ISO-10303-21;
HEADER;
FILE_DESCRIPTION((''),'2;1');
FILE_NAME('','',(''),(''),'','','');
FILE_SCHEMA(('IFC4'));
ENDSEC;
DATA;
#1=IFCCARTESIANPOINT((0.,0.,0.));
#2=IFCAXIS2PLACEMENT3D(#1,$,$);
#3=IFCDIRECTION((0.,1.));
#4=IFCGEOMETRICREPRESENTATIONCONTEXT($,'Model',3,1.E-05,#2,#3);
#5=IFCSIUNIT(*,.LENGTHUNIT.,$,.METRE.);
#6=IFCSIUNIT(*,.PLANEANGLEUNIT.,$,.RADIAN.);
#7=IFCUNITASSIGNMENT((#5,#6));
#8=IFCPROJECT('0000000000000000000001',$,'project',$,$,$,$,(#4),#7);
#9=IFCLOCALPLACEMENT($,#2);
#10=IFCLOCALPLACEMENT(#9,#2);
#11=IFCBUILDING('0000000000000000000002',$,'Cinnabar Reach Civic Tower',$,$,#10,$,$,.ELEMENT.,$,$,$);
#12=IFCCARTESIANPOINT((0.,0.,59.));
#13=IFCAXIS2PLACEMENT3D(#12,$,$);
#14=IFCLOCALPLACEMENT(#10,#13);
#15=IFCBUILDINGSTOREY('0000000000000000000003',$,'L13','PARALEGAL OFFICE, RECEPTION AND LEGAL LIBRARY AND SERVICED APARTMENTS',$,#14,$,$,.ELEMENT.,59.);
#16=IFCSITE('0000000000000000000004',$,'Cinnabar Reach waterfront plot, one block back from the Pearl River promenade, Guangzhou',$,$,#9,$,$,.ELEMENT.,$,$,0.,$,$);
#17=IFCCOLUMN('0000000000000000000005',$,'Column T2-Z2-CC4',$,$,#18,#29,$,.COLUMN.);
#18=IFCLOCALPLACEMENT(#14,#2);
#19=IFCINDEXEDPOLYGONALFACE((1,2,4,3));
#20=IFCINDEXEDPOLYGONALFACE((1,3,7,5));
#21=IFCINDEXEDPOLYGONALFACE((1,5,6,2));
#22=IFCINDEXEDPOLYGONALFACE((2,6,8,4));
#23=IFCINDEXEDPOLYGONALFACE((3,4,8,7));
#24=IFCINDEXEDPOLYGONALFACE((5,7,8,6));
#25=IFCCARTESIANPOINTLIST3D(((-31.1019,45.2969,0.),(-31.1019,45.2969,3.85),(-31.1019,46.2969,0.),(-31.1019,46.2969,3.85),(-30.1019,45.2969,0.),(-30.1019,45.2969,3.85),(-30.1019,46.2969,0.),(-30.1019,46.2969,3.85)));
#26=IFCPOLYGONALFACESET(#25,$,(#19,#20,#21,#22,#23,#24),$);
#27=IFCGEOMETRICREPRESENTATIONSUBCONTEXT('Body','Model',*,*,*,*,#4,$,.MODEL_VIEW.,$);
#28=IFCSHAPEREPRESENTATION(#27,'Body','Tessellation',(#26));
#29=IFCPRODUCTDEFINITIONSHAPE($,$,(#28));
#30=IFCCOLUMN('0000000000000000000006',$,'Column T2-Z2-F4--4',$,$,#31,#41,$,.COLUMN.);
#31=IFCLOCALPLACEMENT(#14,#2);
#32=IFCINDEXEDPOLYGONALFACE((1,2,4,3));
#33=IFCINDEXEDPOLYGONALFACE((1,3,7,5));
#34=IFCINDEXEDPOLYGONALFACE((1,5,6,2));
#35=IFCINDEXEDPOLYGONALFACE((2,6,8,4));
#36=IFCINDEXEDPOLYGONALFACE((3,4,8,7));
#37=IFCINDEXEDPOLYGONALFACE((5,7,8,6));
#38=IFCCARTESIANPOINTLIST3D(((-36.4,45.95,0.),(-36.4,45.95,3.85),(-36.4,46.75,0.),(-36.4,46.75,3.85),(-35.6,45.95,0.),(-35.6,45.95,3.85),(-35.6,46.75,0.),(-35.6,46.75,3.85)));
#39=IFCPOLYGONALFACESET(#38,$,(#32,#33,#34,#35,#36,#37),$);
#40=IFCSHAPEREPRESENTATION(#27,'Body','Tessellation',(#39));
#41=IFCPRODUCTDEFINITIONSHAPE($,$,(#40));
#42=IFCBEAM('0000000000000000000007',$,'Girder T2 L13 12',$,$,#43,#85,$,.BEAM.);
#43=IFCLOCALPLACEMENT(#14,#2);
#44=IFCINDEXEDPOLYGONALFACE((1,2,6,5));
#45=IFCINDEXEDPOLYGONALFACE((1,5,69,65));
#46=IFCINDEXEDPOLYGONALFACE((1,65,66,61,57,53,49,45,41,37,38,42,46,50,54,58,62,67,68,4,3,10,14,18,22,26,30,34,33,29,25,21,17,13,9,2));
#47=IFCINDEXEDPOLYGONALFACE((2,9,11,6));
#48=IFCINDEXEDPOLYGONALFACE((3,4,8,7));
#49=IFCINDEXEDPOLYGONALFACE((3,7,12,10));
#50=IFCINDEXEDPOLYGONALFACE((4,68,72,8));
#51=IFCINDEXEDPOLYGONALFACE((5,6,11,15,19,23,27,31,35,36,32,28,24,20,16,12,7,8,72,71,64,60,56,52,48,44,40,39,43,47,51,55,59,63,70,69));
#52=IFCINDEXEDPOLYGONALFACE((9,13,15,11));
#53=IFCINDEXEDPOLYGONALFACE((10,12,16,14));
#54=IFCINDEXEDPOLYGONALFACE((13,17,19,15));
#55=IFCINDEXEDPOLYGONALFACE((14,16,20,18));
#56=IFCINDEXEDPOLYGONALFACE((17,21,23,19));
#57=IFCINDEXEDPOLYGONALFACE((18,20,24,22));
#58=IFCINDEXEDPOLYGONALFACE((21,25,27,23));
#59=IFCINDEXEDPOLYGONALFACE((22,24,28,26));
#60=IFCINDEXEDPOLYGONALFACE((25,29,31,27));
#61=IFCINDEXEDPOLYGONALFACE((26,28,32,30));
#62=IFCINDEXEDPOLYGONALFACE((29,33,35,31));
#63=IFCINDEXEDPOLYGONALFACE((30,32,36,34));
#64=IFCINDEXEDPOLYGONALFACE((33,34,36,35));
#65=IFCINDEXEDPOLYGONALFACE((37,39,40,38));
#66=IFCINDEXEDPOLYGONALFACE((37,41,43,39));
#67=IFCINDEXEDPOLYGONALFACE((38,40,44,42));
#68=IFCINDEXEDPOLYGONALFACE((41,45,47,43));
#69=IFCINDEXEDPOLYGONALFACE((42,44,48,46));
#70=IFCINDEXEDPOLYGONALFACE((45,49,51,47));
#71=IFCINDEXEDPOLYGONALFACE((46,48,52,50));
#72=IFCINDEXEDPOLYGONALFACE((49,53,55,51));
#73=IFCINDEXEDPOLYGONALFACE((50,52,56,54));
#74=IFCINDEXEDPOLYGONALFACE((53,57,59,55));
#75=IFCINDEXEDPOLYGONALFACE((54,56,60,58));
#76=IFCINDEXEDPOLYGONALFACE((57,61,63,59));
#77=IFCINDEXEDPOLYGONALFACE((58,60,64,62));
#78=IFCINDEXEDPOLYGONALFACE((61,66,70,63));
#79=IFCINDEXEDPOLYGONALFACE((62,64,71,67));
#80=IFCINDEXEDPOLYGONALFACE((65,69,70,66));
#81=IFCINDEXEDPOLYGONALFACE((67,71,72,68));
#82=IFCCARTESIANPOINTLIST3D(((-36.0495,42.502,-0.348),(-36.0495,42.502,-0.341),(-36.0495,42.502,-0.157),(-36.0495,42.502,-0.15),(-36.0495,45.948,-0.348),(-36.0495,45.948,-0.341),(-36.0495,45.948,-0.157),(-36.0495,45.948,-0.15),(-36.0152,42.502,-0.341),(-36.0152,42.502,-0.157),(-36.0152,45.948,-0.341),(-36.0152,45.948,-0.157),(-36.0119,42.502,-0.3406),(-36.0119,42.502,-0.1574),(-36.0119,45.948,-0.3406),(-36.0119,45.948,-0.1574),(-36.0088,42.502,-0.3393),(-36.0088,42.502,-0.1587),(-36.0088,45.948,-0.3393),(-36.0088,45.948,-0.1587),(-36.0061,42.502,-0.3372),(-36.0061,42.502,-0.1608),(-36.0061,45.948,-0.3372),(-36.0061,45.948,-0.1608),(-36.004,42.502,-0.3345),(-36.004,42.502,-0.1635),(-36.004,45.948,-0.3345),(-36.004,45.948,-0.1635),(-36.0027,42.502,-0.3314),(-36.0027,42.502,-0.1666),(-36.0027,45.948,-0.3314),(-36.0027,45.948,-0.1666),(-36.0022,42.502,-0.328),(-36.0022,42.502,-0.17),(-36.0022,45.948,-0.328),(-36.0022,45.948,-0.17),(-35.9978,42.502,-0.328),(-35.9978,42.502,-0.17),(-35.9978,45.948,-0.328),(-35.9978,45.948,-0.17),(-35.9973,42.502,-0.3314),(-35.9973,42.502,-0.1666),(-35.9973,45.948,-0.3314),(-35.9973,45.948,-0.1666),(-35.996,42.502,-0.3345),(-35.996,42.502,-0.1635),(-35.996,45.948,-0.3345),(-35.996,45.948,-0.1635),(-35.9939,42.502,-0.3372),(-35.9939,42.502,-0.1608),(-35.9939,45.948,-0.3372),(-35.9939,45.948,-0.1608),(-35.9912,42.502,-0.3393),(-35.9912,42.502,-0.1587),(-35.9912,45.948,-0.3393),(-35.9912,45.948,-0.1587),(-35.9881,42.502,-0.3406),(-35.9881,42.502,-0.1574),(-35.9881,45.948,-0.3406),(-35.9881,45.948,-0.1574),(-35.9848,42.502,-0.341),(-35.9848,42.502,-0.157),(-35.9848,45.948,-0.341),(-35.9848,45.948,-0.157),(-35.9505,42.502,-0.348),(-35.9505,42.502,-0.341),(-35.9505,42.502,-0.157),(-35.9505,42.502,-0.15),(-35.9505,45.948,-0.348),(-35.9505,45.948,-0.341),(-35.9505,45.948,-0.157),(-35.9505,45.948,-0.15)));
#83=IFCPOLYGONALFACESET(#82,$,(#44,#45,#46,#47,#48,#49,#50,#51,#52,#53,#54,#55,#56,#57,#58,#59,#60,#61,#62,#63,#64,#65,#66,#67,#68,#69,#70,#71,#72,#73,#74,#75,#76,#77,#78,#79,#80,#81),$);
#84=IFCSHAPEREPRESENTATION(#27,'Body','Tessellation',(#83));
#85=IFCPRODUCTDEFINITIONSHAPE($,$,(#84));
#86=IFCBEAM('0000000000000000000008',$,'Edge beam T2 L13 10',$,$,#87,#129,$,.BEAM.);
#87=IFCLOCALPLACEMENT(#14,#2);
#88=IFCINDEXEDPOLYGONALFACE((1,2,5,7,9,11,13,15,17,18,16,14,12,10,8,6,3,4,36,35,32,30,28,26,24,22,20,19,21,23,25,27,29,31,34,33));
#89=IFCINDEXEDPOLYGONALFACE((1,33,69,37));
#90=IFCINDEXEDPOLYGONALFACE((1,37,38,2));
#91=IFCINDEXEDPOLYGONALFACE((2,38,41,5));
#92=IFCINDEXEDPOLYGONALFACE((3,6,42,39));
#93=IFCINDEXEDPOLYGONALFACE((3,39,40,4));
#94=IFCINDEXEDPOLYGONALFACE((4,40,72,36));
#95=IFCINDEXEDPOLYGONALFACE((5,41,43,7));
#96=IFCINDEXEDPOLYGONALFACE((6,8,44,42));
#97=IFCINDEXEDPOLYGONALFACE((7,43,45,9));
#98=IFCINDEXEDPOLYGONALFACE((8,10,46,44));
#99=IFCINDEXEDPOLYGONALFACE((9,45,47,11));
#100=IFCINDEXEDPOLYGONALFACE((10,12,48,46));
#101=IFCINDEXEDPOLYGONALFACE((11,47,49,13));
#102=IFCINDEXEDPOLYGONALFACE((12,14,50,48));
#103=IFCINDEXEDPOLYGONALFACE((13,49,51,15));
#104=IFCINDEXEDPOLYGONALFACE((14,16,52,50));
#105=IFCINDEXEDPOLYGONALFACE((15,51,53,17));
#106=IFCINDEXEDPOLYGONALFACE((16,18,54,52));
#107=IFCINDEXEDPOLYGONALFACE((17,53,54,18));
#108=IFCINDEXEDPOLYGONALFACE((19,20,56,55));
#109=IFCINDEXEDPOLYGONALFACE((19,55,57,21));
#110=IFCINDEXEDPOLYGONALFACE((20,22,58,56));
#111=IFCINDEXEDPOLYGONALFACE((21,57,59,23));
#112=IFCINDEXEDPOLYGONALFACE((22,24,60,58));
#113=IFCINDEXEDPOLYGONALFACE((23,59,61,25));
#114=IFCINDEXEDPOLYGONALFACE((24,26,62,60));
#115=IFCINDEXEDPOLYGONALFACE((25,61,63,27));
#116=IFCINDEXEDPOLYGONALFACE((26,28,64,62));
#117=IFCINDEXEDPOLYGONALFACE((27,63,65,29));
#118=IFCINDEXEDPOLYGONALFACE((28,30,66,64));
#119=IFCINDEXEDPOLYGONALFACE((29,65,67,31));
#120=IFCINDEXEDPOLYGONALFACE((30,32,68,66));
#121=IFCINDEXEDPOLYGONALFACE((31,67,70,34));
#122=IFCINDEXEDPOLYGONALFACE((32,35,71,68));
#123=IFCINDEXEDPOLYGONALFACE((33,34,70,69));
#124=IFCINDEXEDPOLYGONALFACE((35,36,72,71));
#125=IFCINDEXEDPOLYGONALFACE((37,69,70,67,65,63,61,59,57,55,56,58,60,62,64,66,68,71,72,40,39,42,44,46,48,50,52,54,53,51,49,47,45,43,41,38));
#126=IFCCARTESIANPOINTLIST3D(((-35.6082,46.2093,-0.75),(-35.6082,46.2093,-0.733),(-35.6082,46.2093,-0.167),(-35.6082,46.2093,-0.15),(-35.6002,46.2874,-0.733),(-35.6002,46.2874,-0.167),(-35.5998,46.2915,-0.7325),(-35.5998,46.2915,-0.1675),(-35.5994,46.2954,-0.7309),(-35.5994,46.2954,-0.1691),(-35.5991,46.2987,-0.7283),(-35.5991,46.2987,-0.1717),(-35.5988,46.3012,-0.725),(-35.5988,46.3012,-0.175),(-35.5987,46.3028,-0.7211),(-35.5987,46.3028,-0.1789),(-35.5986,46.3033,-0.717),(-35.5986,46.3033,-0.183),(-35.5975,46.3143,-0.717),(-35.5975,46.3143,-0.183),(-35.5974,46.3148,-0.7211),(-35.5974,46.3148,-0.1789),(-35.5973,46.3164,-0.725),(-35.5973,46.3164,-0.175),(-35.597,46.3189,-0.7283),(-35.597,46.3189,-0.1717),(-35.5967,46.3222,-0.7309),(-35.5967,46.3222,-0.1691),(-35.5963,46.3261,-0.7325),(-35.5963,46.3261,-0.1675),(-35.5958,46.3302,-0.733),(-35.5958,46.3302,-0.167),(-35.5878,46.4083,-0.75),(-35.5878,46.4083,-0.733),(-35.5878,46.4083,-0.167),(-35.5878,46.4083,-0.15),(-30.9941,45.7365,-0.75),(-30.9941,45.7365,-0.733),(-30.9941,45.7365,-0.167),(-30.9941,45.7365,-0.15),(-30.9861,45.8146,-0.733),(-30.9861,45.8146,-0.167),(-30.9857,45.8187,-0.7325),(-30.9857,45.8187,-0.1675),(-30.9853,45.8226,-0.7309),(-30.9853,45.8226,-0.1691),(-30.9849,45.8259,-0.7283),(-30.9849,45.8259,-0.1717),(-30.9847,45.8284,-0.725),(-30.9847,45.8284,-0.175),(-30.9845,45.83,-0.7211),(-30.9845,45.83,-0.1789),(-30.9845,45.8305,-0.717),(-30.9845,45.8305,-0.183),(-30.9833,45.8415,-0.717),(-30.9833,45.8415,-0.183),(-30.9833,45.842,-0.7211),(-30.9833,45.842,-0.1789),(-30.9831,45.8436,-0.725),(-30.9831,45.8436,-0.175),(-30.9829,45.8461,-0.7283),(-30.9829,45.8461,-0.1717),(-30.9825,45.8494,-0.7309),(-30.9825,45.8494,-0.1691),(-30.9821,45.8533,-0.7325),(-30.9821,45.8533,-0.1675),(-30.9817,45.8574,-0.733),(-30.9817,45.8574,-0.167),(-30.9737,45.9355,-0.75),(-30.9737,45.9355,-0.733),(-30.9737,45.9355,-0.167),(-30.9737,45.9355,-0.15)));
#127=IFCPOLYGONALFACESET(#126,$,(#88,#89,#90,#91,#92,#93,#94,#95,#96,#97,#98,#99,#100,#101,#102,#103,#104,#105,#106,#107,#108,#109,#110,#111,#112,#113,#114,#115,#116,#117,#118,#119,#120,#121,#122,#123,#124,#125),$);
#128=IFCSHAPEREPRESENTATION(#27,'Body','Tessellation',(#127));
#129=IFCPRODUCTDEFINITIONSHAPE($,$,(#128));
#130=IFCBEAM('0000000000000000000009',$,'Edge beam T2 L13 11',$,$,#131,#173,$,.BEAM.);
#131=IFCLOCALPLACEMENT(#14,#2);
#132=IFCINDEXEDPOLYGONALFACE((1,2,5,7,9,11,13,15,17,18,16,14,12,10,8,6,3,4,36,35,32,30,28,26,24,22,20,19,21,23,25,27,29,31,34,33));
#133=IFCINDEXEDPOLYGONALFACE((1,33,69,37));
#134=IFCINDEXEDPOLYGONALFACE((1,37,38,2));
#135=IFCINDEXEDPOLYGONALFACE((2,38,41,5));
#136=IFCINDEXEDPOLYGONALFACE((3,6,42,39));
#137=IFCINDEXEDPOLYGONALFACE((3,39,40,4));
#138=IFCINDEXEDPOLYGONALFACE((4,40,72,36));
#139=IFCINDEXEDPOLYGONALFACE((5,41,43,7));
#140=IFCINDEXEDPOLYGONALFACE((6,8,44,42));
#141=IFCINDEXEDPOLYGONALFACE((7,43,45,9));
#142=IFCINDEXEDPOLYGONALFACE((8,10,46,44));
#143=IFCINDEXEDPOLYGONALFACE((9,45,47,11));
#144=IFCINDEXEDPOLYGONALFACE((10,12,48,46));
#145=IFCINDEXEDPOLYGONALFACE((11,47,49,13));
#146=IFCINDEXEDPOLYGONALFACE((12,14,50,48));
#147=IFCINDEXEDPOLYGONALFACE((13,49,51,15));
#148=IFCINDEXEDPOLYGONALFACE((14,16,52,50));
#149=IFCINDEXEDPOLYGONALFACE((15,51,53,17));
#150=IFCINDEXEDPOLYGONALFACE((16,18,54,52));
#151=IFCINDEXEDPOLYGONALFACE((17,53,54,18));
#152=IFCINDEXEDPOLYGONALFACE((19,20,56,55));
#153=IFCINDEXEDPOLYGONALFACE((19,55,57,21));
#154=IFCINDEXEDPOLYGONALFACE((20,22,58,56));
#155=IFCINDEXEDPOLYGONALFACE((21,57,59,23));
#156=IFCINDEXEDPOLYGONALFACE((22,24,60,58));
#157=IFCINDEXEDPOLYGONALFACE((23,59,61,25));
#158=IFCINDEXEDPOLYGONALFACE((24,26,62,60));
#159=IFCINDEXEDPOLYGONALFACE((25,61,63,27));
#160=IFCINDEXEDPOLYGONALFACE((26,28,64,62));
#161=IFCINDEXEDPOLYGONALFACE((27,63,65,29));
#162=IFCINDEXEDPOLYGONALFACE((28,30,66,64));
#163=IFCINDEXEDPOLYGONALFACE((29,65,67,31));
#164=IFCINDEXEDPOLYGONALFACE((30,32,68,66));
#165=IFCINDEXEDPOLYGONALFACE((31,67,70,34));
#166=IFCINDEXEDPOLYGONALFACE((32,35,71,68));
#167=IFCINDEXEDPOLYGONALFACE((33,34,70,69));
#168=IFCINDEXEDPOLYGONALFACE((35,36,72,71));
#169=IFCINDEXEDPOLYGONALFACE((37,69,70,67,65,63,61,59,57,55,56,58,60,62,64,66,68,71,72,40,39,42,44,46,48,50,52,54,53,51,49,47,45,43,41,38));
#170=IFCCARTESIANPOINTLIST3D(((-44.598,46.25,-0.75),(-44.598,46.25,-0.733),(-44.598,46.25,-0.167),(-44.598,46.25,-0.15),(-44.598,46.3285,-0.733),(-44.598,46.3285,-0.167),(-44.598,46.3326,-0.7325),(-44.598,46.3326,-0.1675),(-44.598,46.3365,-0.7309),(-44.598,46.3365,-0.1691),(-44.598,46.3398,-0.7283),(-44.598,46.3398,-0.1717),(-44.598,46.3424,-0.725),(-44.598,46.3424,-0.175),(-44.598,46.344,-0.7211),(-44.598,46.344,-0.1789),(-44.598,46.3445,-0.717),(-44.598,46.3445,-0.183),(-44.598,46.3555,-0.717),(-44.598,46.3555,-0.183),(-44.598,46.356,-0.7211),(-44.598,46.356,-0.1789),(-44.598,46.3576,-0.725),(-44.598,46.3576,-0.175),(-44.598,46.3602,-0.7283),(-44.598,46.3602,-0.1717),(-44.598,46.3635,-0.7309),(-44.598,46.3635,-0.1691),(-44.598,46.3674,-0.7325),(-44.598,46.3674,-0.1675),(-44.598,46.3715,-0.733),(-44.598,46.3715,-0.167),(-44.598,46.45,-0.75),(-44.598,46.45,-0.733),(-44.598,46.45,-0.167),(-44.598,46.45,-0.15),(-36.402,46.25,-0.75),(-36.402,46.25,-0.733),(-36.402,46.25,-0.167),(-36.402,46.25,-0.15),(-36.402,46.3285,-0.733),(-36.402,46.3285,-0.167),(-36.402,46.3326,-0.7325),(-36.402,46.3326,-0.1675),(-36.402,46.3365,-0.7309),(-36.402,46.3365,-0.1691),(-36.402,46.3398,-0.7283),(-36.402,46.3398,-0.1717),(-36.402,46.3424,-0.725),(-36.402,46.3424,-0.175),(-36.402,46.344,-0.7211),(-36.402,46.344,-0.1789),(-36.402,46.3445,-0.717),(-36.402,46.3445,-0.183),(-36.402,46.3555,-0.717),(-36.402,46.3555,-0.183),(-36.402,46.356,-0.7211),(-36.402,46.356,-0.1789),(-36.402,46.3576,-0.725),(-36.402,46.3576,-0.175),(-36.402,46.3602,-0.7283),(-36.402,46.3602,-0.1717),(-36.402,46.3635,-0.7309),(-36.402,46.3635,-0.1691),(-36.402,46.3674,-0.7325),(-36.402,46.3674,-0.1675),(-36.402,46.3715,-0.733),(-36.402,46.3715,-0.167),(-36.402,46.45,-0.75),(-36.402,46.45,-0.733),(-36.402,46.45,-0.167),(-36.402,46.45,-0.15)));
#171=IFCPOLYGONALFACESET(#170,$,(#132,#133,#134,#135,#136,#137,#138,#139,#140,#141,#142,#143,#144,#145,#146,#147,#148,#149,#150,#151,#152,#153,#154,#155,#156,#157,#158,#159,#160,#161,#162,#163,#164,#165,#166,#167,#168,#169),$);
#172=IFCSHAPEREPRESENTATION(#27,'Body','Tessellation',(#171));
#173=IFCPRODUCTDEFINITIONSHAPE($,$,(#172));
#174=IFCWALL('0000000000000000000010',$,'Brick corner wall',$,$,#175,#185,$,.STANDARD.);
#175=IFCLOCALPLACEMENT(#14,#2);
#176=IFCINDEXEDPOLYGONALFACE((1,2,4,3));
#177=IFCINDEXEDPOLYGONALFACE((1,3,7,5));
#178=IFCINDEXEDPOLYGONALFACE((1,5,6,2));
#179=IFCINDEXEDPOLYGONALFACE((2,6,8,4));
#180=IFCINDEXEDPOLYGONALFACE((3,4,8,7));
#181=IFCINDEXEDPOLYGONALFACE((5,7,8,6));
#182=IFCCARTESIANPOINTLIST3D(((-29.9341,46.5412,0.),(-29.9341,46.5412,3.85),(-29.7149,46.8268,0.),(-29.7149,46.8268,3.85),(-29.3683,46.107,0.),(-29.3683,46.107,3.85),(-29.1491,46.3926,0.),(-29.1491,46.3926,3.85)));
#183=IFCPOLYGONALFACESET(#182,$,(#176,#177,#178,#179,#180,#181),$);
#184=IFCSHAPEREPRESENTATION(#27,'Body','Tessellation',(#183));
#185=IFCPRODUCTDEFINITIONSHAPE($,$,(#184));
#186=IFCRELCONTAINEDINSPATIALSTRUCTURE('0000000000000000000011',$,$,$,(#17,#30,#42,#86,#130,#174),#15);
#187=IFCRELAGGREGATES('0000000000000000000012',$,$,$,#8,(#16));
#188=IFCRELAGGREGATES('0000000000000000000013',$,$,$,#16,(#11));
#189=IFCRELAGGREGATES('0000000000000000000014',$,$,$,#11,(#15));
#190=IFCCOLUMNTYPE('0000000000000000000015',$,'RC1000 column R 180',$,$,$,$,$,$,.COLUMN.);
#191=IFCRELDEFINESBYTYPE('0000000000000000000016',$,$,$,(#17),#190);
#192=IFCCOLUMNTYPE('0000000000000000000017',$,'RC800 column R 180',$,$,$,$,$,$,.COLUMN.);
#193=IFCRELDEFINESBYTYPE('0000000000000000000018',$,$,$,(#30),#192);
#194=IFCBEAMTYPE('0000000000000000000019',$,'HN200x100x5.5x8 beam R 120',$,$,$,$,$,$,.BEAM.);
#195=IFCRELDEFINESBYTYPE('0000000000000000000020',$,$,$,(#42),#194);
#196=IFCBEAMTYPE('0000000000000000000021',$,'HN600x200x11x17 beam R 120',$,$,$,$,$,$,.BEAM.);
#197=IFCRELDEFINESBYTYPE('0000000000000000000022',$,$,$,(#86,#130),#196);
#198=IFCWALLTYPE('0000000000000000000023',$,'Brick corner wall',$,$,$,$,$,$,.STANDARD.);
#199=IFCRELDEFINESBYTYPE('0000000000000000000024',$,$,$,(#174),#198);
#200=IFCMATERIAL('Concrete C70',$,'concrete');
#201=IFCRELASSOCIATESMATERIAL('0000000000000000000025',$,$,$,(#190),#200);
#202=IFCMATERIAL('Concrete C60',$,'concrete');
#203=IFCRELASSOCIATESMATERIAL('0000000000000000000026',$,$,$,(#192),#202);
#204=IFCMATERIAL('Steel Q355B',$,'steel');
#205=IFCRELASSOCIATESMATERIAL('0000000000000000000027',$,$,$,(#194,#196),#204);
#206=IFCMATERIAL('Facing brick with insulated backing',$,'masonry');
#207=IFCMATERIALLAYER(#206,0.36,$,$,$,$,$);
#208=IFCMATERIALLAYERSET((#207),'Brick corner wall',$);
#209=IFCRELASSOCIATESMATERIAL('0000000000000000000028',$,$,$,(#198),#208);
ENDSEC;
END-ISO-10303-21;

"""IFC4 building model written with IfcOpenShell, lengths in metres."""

from ifc_helpers import new_model, si_unit, direction, frame, frame_2d, origin, origin_2d, place, context, subcontext, project, spatial, rectangle, i_section, extrude, material, layer, layer_set, material_profile, profile_set, type_object, element, save


model = new_model("IFC4")

# Units and contexts
model_context = context("Model", 3, precision=1e-05, world=origin(), true_north=direction((0.0, 1.0)))
body_context = subcontext(model_context, "Body", "Model", "MODEL_VIEW")
ifc_project = project(units=[si_unit("LENGTHUNIT", "METRE"), si_unit("PLANEANGLEUNIT", "RADIAN")], contexts=[model_context])

# Site, building, storey
site_placement = place(None, origin())
site = spatial("IfcSite", under=ifc_project, at=site_placement, Name="Cinnabar Reach waterfront plot, one block back from the Pearl River promenade, Guangzhou", CompositionType="ELEMENT", RefElevation=0.0)
building_placement = place(site_placement, origin())
building = spatial("IfcBuilding", under=site, at=building_placement, Name="Cinnabar Reach Civic Tower", CompositionType="ELEMENT")
storey_placement = place(building_placement, frame((0.0, 0.0, 59.0)))
storey = spatial("IfcBuildingStorey", under=building, at=storey_placement, Name="L13", Description="PARALEGAL OFFICE, RECEPTION AND LEGAL LIBRARY AND SERVICED APARTMENTS", CompositionType="ELEMENT", Elevation=59.0)

# Columns
ifc_material_1 = material(Name="Concrete C70", Category="concrete")
ifc_material_profile_1 = material_profile(ifc_material_1, rectangle(XDim=1.0, YDim=1.0, at=origin_2d()), Name="RC1000")
ifc_profile_set_1 = profile_set([ifc_material_profile_1], Name="Concrete C70")
column_type_1 = type_object("IfcColumnType", Name="RC1000 column R 180", PredefinedType="COLUMN", material=ifc_profile_set_1)
column_1_placement = place(storey_placement, frame((-30.6019, 45.7969, 0.0), z_axis=(0.0, 0.0, 1.0), x_axis=(1.0, 0.0, 0.0)))
element("IfcColumn", 1, at=column_1_placement, inside=storey, type_object=column_type_1, Name="Column T2-Z2-CC4", PredefinedType="COLUMN", context=body_context, shape_type="SweptSolid", body=[
    extrude(rectangle(XDim=1.0, YDim=1.0, at=origin_2d()), origin(), (0.0, 0.0, 1.0), 3.85),
])
ifc_material_2 = material(Name="Concrete C60", Category="concrete")
ifc_material_profile_2 = material_profile(ifc_material_2, rectangle(XDim=0.8, YDim=0.8, at=origin_2d()), Name="RC800")
ifc_profile_set_2 = profile_set([ifc_material_profile_2], Name="Concrete C60")
column_type_2 = type_object("IfcColumnType", Name="RC800 column R 180", PredefinedType="COLUMN", material=ifc_profile_set_2)
column_2_placement = place(storey_placement, frame((-36.0, 46.35, 0.0), z_axis=(0.0, 0.0, 1.0), x_axis=(1.0, 0.0, 0.0)))
element("IfcColumn", 2, at=column_2_placement, inside=storey, type_object=column_type_2, Name="Column T2-Z2-F4--4", PredefinedType="COLUMN", context=body_context, shape_type="SweptSolid", body=[
    extrude(rectangle(XDim=0.8, YDim=0.8, at=origin_2d()), origin(), (0.0, 0.0, 1.0), 3.85),
])

# Beams
ifc_material_3 = material(Name="Steel Q355B", Category="steel")
ifc_material_profile_3 = material_profile(ifc_material_3, i_section(OverallWidth=0.099, OverallDepth=0.198, WebThickness=0.0045, FlangeThickness=0.007, FilletRadius=0.013, at=origin_2d()), Name="HN200x100x5.5x8")
ifc_profile_set_3 = profile_set([ifc_material_profile_3], Name="Steel Q355B")
beam_type_1 = type_object("IfcBeamType", Name="HN200x100x5.5x8 beam R 120", PredefinedType="BEAM", material=ifc_profile_set_3)
beam_1_placement = place(storey_placement, frame((-36.0, 42.502, -0.249), z_axis=(0.0, 1.0, 0.0), x_axis=(-1.0, 0.0, 0.0)))
element("IfcBeam", 3, at=beam_1_placement, inside=storey, type_object=beam_type_1, Name="Girder T2 L13 12", PredefinedType="BEAM", context=body_context, shape_type="SweptSolid", body=[
    extrude(i_section(OverallWidth=0.099, OverallDepth=0.198, WebThickness=0.0045, FlangeThickness=0.007, FilletRadius=0.013, at=origin_2d()), origin(), (0.0, 0.0, 1.0), 3.446),
])
ifc_material_profile_4 = material_profile(ifc_material_3, i_section(OverallWidth=0.2, OverallDepth=0.6, WebThickness=0.011, FlangeThickness=0.017, FilletRadius=0.016, at=origin_2d()), Name="HN600x200x11x17")
ifc_profile_set_4 = profile_set([ifc_material_profile_4], Name="Steel Q355B")
beam_type_2 = type_object("IfcBeamType", Name="HN600x200x11x17 beam R 120", PredefinedType="BEAM", material=ifc_profile_set_4)
beam_2_placement = place(storey_placement, frame((-30.9839, 45.836, -0.45), z_axis=(-0.994791, 0.101935, 0.0), x_axis=(-0.101935, -0.994791, 0.0)))
element("IfcBeam", 4, at=beam_2_placement, inside=storey, type_object=beam_type_2, Name="Edge beam T2 L13 10", PredefinedType="BEAM", context=body_context, shape_type="SweptSolid", body=[
    extrude(i_section(OverallWidth=0.2, OverallDepth=0.6, WebThickness=0.011, FlangeThickness=0.017, FilletRadius=0.016, at=origin_2d()), origin(), (0.0, 0.0, 1.0), 4.6383),
])
beam_3_placement = place(storey_placement, frame((-36.402, 46.35, -0.45), z_axis=(-1.0, 0.0, 0.0), x_axis=(0.0, -1.0, 0.0)))
element("IfcBeam", 5, at=beam_3_placement, inside=storey, type_object=beam_type_2, Name="Edge beam T2 L13 11", PredefinedType="BEAM", context=body_context, shape_type="SweptSolid", body=[
    extrude(i_section(OverallWidth=0.2, OverallDepth=0.6, WebThickness=0.011, FlangeThickness=0.017, FilletRadius=0.016, at=origin_2d()), origin(), (0.0, 0.0, 1.0), 8.196),
])

# Wall
ifc_material_4 = material(Name="Facing brick with insulated backing", Category="masonry")
ifc_layer_1 = layer(ifc_material_4, 0.36)
ifc_layer_set_1 = layer_set([ifc_layer_1], Name="Brick corner wall")
wall_type_1 = type_object("IfcWallType", Name="Brick corner wall", PredefinedType="STANDARD", material=ifc_layer_set_1)
wall_1_placement = place(storey_placement, frame((-29.2587, 46.2498, 0.0), z_axis=(0.0, 0.0, 1.0), x_axis=(-0.793322, 0.608802, 0.0)))
element("IfcWall", 6, at=wall_1_placement, inside=storey, type_object=wall_type_1, Name="Brick corner wall", PredefinedType="STANDARD", context=body_context, shape_type="SweptSolid", body=[
    extrude(rectangle(XDim=0.7132, YDim=0.36, at=frame_2d((0.3566, 0.0))), origin(), (0.0, 0.0, 1.0), 3.85),
])

save(model, "model.ifc")
